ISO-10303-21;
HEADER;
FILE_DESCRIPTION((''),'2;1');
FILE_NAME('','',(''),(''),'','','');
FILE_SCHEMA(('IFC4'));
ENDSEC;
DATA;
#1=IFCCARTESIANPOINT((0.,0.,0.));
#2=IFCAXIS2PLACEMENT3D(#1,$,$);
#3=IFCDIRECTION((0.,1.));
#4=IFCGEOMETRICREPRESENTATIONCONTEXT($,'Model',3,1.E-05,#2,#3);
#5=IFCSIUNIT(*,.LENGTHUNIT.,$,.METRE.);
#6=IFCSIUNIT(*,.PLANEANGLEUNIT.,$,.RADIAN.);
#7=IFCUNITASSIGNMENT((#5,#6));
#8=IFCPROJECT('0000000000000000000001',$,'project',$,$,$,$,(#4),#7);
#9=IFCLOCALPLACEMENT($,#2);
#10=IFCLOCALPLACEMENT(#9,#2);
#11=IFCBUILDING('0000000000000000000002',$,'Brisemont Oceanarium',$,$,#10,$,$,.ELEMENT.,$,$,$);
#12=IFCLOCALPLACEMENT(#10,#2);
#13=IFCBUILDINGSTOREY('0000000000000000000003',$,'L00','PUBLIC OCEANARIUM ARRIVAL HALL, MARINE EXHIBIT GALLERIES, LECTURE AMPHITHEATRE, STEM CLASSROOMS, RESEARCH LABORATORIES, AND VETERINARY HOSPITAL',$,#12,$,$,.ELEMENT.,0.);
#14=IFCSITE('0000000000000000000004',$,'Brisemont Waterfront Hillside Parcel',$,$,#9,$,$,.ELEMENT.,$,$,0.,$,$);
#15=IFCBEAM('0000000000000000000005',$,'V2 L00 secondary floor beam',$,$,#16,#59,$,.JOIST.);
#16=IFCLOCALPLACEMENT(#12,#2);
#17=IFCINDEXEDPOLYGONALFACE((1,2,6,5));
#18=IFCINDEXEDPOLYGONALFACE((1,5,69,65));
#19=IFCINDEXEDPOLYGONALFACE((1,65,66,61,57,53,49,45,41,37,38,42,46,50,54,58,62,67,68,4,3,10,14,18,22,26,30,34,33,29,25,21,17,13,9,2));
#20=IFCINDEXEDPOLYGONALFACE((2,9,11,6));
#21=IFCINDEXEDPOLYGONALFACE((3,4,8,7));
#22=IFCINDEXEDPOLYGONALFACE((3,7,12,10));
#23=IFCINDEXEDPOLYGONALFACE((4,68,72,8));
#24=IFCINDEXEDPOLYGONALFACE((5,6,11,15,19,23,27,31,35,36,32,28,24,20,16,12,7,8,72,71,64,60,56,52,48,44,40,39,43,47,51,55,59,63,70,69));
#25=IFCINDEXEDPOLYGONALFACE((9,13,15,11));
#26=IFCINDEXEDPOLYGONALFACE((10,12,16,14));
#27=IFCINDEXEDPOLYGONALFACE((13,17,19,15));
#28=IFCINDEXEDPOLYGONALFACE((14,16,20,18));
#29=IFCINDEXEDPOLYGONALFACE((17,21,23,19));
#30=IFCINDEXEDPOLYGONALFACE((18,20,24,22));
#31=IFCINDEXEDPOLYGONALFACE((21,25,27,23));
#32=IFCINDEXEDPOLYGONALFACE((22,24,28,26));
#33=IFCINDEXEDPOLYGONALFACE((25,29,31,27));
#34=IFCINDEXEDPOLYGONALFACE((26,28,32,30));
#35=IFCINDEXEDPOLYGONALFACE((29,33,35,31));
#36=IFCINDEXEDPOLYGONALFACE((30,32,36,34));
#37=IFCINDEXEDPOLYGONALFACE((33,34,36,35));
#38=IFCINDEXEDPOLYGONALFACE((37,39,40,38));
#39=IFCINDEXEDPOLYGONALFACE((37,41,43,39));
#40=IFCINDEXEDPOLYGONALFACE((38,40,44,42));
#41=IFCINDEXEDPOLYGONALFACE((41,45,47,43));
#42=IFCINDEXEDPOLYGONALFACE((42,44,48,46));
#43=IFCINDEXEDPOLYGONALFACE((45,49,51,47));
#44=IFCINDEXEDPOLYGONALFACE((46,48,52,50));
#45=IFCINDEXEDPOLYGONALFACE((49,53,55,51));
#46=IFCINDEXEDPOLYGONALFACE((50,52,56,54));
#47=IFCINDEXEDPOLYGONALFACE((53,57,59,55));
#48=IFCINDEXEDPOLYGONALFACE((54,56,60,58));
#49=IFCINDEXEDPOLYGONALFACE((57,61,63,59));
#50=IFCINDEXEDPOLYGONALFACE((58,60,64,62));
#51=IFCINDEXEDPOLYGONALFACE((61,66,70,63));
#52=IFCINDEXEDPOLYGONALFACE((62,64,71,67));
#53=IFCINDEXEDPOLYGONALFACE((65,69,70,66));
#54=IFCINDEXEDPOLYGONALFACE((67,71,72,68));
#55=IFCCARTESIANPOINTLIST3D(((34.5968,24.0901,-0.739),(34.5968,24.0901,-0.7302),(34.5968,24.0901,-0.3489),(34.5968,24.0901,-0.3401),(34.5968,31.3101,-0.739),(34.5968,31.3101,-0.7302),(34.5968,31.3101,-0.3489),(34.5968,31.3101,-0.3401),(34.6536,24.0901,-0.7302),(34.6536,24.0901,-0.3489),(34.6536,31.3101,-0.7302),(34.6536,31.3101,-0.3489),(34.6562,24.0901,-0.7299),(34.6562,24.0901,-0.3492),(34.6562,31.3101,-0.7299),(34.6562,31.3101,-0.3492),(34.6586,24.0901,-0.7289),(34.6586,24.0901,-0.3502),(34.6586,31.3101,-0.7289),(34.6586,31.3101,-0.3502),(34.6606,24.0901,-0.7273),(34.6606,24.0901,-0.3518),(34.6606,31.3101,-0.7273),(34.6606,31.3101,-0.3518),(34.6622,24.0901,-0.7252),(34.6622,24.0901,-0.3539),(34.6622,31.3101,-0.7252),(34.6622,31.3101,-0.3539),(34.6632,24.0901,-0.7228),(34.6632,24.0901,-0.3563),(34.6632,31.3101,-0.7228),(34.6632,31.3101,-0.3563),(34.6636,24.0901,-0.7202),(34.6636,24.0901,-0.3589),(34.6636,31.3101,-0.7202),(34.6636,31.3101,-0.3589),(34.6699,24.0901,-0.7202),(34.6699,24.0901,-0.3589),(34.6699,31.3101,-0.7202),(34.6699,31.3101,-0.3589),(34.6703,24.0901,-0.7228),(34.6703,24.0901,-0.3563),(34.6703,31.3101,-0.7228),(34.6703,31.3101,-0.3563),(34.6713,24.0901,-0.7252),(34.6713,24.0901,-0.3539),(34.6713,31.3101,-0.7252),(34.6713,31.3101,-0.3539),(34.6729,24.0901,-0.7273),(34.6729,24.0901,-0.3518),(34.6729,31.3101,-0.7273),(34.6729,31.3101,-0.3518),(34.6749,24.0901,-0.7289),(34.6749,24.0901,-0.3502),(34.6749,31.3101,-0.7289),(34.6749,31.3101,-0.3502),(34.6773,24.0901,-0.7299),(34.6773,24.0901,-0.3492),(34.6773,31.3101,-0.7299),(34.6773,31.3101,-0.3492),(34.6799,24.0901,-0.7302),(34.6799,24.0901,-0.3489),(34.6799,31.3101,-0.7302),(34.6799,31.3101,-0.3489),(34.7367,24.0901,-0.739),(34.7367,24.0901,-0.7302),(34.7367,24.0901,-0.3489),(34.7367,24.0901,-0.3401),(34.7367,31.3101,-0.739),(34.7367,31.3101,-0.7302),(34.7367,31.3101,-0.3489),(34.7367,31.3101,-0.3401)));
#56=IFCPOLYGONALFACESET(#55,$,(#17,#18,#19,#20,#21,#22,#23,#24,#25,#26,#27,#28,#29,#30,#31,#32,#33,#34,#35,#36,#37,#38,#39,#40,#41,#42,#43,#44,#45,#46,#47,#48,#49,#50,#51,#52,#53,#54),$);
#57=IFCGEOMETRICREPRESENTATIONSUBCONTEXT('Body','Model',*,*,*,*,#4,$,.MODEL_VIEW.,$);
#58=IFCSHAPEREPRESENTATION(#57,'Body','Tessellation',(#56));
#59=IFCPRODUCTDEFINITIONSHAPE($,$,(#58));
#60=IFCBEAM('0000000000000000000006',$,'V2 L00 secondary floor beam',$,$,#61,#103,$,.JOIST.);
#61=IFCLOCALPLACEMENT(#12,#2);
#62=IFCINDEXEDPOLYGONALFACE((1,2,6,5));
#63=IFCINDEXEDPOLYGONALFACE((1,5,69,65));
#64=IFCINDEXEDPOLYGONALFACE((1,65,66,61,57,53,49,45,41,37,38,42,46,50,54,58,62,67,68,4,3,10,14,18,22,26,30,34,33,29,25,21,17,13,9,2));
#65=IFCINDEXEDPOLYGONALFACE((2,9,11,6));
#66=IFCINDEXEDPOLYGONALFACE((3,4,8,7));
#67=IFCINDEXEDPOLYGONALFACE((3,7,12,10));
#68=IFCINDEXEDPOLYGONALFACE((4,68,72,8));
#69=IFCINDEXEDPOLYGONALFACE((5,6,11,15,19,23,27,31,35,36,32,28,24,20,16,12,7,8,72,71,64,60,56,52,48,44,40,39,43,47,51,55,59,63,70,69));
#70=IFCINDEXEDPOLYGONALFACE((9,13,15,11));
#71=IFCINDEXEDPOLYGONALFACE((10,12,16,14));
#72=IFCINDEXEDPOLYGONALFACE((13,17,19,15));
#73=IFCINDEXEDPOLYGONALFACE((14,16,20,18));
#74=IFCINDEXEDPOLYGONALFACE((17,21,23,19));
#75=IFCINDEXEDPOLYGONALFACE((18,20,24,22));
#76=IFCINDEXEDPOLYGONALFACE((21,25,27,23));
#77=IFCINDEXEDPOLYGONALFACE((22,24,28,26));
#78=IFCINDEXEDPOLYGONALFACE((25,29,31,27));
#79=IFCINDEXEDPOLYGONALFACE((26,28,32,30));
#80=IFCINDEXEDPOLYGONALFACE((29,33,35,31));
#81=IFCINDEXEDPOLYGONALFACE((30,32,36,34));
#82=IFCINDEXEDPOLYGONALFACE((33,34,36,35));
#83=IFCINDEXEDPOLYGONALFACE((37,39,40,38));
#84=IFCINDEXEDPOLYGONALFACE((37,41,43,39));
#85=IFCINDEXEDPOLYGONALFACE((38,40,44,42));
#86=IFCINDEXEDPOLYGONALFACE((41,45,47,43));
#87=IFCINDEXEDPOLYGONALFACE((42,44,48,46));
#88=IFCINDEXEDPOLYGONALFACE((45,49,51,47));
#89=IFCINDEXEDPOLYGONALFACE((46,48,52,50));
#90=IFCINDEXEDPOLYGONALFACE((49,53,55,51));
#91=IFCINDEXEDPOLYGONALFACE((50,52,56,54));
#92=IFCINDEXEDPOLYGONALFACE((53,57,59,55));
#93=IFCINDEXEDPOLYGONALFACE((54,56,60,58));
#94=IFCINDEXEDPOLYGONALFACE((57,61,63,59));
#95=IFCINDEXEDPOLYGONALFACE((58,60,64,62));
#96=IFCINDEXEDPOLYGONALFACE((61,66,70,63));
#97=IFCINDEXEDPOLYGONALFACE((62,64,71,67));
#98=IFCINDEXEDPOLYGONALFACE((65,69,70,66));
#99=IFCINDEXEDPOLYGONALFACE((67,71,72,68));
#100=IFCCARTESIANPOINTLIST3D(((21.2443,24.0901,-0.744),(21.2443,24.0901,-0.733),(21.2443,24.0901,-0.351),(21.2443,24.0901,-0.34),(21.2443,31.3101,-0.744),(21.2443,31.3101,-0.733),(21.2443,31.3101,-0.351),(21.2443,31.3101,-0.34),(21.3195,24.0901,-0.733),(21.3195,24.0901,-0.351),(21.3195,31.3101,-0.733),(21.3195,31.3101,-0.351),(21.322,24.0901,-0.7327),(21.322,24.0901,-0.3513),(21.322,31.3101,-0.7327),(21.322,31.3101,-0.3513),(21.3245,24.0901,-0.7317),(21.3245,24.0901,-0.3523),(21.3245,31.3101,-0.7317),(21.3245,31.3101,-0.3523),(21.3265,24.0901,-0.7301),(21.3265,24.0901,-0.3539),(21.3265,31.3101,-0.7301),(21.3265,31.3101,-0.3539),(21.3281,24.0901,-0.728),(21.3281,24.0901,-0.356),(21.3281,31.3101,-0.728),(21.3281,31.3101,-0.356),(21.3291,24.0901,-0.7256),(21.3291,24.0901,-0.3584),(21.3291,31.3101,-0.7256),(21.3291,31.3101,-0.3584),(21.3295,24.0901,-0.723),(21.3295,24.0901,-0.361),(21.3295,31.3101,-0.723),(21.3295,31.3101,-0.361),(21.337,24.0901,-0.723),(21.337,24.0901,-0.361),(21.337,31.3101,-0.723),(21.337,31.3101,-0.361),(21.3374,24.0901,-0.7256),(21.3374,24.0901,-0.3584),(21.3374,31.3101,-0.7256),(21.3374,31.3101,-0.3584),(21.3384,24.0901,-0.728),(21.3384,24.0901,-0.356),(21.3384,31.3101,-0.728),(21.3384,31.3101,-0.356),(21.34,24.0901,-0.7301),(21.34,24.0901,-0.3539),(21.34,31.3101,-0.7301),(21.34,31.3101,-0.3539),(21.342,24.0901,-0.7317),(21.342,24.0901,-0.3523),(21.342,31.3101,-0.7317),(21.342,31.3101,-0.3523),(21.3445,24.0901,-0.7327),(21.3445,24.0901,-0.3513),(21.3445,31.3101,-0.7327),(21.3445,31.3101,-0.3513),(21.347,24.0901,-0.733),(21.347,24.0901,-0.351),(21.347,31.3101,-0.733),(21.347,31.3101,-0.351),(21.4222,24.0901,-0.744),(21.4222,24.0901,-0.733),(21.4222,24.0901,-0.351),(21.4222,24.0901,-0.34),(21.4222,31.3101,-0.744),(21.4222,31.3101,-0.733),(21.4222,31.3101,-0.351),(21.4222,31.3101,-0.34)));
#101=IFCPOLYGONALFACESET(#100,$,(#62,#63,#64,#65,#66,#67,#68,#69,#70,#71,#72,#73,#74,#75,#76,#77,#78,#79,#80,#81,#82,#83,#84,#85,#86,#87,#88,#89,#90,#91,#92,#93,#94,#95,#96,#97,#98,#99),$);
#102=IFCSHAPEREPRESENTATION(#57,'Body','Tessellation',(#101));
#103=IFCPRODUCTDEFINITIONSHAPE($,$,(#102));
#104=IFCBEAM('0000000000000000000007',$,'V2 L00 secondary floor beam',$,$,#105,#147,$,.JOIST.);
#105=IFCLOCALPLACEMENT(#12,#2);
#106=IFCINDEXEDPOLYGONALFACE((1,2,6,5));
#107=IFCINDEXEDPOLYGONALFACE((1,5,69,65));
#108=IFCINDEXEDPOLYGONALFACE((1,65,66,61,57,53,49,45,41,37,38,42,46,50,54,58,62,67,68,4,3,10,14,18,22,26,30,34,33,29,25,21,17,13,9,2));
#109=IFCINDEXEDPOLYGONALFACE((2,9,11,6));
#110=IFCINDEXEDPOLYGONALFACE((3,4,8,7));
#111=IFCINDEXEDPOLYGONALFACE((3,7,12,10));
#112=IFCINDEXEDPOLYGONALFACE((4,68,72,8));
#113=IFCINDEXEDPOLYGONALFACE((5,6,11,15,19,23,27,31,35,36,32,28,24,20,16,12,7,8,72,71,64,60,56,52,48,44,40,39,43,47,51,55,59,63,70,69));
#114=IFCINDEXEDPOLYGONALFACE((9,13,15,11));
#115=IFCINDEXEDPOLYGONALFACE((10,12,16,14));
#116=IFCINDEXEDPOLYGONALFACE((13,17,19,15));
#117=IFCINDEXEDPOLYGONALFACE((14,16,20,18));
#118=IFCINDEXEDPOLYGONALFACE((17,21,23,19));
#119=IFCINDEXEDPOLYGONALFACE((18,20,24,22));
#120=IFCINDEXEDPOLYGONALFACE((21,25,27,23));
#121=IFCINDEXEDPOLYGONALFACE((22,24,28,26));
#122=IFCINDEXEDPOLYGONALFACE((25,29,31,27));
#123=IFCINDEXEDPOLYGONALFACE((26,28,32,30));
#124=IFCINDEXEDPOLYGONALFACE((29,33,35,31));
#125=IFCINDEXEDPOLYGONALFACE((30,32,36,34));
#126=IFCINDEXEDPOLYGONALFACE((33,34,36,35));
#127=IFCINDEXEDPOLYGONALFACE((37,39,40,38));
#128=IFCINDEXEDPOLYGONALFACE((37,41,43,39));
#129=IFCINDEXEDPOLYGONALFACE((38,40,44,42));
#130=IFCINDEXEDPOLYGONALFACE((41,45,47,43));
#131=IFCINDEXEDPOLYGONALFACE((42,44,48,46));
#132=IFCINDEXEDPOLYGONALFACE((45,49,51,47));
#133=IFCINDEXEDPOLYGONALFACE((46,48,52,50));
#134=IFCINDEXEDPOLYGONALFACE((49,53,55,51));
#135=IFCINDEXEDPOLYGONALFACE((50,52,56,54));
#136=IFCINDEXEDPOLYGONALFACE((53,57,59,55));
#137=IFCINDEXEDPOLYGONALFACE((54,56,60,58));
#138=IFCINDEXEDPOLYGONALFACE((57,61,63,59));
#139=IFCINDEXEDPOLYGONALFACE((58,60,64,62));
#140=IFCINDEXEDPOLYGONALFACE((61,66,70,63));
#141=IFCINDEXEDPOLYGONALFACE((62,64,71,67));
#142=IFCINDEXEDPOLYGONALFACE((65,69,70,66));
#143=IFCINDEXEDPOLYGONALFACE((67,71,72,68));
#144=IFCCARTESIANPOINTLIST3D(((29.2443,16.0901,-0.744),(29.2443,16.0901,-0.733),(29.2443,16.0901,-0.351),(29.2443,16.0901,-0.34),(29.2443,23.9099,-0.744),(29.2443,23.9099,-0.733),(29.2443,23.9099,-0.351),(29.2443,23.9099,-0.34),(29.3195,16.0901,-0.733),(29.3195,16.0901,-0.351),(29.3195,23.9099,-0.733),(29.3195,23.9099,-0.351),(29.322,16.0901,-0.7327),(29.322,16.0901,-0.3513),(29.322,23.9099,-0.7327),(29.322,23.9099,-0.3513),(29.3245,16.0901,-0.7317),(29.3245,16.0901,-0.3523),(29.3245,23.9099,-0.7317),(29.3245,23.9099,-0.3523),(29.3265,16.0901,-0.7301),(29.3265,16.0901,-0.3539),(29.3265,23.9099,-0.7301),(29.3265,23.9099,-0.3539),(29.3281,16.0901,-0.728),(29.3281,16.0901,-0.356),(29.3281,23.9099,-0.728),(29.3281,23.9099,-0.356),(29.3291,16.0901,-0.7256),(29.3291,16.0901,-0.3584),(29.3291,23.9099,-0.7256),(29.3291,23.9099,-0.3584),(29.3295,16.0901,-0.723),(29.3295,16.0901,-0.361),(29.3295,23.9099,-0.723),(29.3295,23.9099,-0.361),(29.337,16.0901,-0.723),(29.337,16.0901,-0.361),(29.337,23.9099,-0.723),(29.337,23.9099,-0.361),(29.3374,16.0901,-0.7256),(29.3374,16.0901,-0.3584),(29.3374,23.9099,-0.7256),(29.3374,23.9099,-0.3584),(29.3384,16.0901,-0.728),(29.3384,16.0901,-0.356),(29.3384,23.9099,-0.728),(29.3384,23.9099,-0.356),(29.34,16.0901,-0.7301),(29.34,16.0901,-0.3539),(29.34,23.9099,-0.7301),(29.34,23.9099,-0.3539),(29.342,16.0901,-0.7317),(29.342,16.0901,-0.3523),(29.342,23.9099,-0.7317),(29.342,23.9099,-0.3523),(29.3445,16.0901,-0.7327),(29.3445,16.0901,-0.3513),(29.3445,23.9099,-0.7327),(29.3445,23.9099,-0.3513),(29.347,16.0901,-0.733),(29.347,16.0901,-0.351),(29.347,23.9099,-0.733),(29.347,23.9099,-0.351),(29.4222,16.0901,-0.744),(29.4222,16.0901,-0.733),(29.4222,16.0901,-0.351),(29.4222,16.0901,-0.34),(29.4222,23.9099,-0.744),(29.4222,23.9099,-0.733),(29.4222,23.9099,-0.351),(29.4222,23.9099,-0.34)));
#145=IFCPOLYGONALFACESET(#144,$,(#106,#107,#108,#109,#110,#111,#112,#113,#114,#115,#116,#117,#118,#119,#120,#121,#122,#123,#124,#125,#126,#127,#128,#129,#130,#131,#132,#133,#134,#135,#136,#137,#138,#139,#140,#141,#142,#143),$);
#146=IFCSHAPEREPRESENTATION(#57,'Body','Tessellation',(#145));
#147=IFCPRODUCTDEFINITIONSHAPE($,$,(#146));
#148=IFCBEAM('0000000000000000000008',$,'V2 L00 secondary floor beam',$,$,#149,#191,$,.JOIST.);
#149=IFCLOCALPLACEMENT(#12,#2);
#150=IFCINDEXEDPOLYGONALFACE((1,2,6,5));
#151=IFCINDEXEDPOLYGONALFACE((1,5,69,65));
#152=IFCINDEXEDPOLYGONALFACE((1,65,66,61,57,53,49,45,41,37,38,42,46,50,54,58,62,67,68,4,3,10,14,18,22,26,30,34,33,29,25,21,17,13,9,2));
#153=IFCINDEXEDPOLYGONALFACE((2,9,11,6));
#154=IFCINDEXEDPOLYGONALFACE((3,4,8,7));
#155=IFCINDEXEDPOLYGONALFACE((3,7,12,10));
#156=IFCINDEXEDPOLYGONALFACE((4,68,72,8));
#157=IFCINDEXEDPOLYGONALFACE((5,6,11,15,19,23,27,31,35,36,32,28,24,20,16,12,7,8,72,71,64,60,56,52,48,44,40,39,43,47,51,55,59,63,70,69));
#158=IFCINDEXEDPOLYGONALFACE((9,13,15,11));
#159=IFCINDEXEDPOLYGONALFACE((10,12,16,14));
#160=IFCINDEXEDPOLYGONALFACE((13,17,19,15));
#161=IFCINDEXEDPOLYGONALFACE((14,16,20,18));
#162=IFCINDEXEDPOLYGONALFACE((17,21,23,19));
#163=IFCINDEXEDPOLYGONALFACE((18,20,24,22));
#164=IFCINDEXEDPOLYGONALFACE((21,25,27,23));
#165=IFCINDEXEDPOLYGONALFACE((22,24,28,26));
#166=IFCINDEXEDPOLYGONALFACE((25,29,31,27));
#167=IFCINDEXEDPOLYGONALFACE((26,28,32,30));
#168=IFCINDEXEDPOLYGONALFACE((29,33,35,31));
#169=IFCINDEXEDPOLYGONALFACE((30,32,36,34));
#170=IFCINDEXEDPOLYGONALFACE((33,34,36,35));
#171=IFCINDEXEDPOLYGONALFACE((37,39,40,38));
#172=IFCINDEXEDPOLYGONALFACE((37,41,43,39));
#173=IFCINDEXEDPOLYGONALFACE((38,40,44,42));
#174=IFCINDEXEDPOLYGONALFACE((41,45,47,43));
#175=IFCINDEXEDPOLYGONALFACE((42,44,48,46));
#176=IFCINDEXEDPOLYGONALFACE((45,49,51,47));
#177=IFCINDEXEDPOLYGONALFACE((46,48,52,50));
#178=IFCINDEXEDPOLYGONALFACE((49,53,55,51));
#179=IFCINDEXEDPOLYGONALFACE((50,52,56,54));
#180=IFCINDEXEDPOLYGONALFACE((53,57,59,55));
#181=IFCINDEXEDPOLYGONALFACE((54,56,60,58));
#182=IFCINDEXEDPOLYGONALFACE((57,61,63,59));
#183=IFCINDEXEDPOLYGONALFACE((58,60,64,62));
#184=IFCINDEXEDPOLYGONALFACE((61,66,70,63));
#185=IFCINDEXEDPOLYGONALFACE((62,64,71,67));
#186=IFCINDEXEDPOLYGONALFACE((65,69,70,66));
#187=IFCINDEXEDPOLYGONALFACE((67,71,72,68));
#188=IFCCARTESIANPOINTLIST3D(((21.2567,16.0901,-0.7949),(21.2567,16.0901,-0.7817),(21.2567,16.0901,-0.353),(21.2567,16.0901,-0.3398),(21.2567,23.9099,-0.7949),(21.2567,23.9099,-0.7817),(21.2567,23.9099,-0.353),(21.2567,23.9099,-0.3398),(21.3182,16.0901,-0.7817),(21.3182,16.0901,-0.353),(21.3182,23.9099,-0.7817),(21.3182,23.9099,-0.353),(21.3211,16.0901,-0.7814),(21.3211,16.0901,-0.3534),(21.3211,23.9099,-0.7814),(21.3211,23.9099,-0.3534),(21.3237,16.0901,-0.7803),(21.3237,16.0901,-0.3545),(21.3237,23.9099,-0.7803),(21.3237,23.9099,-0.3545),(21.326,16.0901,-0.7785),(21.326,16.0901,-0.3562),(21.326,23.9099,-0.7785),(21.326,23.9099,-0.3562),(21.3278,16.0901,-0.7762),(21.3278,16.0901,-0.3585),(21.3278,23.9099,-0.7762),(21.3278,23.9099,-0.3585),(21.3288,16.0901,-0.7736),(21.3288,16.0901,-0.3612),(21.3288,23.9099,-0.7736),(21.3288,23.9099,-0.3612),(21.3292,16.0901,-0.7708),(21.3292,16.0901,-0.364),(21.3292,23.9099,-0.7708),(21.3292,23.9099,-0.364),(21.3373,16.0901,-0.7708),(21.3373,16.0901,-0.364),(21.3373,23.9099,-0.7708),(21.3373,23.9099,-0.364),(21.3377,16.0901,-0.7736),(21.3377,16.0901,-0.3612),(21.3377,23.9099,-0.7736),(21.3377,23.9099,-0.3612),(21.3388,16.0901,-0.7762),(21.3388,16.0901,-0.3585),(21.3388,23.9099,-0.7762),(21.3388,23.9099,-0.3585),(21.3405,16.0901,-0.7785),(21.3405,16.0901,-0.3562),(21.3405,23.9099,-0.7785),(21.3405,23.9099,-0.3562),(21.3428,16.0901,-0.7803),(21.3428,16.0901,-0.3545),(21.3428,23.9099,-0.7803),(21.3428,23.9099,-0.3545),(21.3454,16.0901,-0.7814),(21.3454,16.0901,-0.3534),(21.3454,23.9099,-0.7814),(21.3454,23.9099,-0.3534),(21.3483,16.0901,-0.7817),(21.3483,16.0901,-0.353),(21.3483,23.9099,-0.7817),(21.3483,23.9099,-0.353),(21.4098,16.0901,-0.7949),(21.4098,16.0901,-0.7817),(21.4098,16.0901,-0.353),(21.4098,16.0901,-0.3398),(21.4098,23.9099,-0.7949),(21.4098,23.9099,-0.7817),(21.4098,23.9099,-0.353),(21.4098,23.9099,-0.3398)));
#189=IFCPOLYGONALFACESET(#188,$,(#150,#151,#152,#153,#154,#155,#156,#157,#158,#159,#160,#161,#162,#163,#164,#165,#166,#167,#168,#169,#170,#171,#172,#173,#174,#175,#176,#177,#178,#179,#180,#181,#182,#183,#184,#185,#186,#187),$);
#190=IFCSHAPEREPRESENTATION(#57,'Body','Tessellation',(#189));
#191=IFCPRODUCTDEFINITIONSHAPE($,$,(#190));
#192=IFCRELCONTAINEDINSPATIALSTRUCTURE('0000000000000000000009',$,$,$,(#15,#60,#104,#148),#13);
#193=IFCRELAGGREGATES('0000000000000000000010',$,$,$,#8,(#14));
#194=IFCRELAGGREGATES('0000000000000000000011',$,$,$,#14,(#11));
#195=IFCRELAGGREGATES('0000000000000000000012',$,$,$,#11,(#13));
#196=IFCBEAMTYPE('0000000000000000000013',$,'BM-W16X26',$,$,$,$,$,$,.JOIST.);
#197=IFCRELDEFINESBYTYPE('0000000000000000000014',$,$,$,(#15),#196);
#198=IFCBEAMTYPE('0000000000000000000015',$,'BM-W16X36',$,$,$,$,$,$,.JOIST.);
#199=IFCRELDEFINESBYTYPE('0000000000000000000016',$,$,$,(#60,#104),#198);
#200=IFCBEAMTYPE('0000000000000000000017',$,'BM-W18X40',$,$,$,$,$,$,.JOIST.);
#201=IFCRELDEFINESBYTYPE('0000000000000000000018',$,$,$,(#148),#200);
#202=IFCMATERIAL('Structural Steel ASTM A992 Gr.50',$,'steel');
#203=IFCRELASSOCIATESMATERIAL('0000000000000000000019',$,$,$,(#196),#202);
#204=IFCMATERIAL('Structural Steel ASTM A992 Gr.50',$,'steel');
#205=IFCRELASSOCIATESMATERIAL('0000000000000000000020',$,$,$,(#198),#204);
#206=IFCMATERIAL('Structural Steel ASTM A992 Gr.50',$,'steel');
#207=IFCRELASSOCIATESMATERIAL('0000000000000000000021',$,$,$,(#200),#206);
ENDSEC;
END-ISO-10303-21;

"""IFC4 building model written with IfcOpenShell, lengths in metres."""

from ifc_helpers import new_model, si_unit, direction, frame, origin, origin_2d, place, context, subcontext, project, spatial, i_section, extrude, material, material_profile, profile_set, type_object, element, save


model = new_model("IFC4")

# Units and contexts
model_context = context("Model", 3, precision=1e-05, world=origin(), true_north=direction((0.0, 1.0)))
body_context = subcontext(model_context, "Body", "Model", "MODEL_VIEW")
ifc_project = project(units=[si_unit("LENGTHUNIT", "METRE"), si_unit("PLANEANGLEUNIT", "RADIAN")], contexts=[model_context])

# Site, building, storey
site_placement = place(None, origin())
site = spatial("IfcSite", under=ifc_project, at=site_placement, Name="Brisemont Waterfront Hillside Parcel", CompositionType="ELEMENT", RefElevation=0.0)
building_placement = place(site_placement, origin())
building = spatial("IfcBuilding", under=site, at=building_placement, Name="Brisemont Oceanarium", CompositionType="ELEMENT")
storey_placement = place(building_placement, origin())
storey = spatial("IfcBuildingStorey", under=building, at=storey_placement, Name="L00", Description="PUBLIC OCEANARIUM ARRIVAL HALL, MARINE EXHIBIT GALLERIES, LECTURE AMPHITHEATRE, STEM CLASSROOMS, RESEARCH LABORATORIES, AND VETERINARY HOSPITAL", CompositionType="ELEMENT", Elevation=0.0)

# Beams
ifc_material_1 = material(Name="Structural Steel ASTM A992 Gr.50", Category="steel")
ifc_material_profile_1 = material_profile(ifc_material_1, i_section(OverallWidth=0.1399, OverallDepth=0.3989, WebThickness=0.0063, FlangeThickness=0.0088, FilletRadius=0.01, at=origin_2d()), Name="W16X26")
ifc_profile_set_1 = profile_set([ifc_material_profile_1], Name="Structural Steel ASTM A992 Gr.50")
beam_type_1 = type_object("IfcBeamType", Name="BM-W16X26", PredefinedType="JOIST", material=ifc_profile_set_1)
beam_1_placement = place(storey_placement, frame((34.6667, 24.0901, -0.5396), z_axis=(0.0, 1.0, 0.0), x_axis=(-1.0, 0.0, 0.0)))
element("IfcBeam", 1, at=beam_1_placement, inside=storey, type_object=beam_type_1, Name="V2 L00 secondary floor beam", PredefinedType="JOIST", context=body_context, shape_type="SweptSolid", body=[
    extrude(i_section(OverallWidth=0.1399, OverallDepth=0.3989, WebThickness=0.0063, FlangeThickness=0.0088, FilletRadius=0.01, at=origin_2d()), origin(), (0.0, 0.0, 1.0), 7.22),
])
ifc_material_2 = material(Name="Structural Steel ASTM A992 Gr.50", Category="steel")
ifc_material_profile_2 = material_profile(ifc_material_2, i_section(OverallWidth=0.178, OverallDepth=0.4041, WebThickness=0.0076, FlangeThickness=0.011, FilletRadius=0.01, at=origin_2d()), Name="W16X36")
ifc_profile_set_2 = profile_set([ifc_material_profile_2], Name="Structural Steel ASTM A992 Gr.50")
beam_type_2 = type_object("IfcBeamType", Name="BM-W16X36", PredefinedType="JOIST", material=ifc_profile_set_2)
beam_2_placement = place(storey_placement, frame((21.3333, 24.0901, -0.542), z_axis=(0.0, 1.0, 0.0), x_axis=(-1.0, 0.0, 0.0)))
element("IfcBeam", 2, at=beam_2_placement, inside=storey, type_object=beam_type_2, Name="V2 L00 secondary floor beam", PredefinedType="JOIST", context=body_context, shape_type="SweptSolid", body=[
    extrude(i_section(OverallWidth=0.178, OverallDepth=0.4041, WebThickness=0.0076, FlangeThickness=0.011, FilletRadius=0.01, at=origin_2d()), origin(), (0.0, 0.0, 1.0), 7.22),
])
beam_3_placement = place(storey_placement, frame((29.3333, 16.0901, -0.542), z_axis=(0.0, 1.0, 0.0), x_axis=(-1.0, 0.0, 0.0)))
element("IfcBeam", 3, at=beam_3_placement, inside=storey, type_object=beam_type_2, Name="V2 L00 secondary floor beam", PredefinedType="JOIST", context=body_context, shape_type="SweptSolid", body=[
    extrude(i_section(OverallWidth=0.178, OverallDepth=0.4041, WebThickness=0.0076, FlangeThickness=0.011, FilletRadius=0.01, at=origin_2d()), origin(), (0.0, 0.0, 1.0), 7.8198),
])
ifc_material_3 = material(Name="Structural Steel ASTM A992 Gr.50", Category="steel")
ifc_material_profile_3 = material_profile(ifc_material_3, i_section(OverallWidth=0.1531, OverallDepth=0.4551, WebThickness=0.0081, FlangeThickness=0.0132, FilletRadius=0.011, at=origin_2d()), Name="W18X40")
ifc_profile_set_3 = profile_set([ifc_material_profile_3], Name="Structural Steel ASTM A992 Gr.50")
beam_type_3 = type_object("IfcBeamType", Name="BM-W18X40", PredefinedType="JOIST", material=ifc_profile_set_3)
beam_4_placement = place(storey_placement, frame((21.3333, 16.0901, -0.5674), z_axis=(0.0, 1.0, 0.0), x_axis=(-1.0, 0.0, 0.0)))
element("IfcBeam", 4, at=beam_4_placement, inside=storey, type_object=beam_type_3, Name="V2 L00 secondary floor beam", PredefinedType="JOIST", context=body_context, shape_type="SweptSolid", body=[
    extrude(i_section(OverallWidth=0.1531, OverallDepth=0.4551, WebThickness=0.0081, FlangeThickness=0.0132, FilletRadius=0.011, at=origin_2d()), origin(), (0.0, 0.0, 1.0), 7.8198),
])

save(model, "model.ifc")
